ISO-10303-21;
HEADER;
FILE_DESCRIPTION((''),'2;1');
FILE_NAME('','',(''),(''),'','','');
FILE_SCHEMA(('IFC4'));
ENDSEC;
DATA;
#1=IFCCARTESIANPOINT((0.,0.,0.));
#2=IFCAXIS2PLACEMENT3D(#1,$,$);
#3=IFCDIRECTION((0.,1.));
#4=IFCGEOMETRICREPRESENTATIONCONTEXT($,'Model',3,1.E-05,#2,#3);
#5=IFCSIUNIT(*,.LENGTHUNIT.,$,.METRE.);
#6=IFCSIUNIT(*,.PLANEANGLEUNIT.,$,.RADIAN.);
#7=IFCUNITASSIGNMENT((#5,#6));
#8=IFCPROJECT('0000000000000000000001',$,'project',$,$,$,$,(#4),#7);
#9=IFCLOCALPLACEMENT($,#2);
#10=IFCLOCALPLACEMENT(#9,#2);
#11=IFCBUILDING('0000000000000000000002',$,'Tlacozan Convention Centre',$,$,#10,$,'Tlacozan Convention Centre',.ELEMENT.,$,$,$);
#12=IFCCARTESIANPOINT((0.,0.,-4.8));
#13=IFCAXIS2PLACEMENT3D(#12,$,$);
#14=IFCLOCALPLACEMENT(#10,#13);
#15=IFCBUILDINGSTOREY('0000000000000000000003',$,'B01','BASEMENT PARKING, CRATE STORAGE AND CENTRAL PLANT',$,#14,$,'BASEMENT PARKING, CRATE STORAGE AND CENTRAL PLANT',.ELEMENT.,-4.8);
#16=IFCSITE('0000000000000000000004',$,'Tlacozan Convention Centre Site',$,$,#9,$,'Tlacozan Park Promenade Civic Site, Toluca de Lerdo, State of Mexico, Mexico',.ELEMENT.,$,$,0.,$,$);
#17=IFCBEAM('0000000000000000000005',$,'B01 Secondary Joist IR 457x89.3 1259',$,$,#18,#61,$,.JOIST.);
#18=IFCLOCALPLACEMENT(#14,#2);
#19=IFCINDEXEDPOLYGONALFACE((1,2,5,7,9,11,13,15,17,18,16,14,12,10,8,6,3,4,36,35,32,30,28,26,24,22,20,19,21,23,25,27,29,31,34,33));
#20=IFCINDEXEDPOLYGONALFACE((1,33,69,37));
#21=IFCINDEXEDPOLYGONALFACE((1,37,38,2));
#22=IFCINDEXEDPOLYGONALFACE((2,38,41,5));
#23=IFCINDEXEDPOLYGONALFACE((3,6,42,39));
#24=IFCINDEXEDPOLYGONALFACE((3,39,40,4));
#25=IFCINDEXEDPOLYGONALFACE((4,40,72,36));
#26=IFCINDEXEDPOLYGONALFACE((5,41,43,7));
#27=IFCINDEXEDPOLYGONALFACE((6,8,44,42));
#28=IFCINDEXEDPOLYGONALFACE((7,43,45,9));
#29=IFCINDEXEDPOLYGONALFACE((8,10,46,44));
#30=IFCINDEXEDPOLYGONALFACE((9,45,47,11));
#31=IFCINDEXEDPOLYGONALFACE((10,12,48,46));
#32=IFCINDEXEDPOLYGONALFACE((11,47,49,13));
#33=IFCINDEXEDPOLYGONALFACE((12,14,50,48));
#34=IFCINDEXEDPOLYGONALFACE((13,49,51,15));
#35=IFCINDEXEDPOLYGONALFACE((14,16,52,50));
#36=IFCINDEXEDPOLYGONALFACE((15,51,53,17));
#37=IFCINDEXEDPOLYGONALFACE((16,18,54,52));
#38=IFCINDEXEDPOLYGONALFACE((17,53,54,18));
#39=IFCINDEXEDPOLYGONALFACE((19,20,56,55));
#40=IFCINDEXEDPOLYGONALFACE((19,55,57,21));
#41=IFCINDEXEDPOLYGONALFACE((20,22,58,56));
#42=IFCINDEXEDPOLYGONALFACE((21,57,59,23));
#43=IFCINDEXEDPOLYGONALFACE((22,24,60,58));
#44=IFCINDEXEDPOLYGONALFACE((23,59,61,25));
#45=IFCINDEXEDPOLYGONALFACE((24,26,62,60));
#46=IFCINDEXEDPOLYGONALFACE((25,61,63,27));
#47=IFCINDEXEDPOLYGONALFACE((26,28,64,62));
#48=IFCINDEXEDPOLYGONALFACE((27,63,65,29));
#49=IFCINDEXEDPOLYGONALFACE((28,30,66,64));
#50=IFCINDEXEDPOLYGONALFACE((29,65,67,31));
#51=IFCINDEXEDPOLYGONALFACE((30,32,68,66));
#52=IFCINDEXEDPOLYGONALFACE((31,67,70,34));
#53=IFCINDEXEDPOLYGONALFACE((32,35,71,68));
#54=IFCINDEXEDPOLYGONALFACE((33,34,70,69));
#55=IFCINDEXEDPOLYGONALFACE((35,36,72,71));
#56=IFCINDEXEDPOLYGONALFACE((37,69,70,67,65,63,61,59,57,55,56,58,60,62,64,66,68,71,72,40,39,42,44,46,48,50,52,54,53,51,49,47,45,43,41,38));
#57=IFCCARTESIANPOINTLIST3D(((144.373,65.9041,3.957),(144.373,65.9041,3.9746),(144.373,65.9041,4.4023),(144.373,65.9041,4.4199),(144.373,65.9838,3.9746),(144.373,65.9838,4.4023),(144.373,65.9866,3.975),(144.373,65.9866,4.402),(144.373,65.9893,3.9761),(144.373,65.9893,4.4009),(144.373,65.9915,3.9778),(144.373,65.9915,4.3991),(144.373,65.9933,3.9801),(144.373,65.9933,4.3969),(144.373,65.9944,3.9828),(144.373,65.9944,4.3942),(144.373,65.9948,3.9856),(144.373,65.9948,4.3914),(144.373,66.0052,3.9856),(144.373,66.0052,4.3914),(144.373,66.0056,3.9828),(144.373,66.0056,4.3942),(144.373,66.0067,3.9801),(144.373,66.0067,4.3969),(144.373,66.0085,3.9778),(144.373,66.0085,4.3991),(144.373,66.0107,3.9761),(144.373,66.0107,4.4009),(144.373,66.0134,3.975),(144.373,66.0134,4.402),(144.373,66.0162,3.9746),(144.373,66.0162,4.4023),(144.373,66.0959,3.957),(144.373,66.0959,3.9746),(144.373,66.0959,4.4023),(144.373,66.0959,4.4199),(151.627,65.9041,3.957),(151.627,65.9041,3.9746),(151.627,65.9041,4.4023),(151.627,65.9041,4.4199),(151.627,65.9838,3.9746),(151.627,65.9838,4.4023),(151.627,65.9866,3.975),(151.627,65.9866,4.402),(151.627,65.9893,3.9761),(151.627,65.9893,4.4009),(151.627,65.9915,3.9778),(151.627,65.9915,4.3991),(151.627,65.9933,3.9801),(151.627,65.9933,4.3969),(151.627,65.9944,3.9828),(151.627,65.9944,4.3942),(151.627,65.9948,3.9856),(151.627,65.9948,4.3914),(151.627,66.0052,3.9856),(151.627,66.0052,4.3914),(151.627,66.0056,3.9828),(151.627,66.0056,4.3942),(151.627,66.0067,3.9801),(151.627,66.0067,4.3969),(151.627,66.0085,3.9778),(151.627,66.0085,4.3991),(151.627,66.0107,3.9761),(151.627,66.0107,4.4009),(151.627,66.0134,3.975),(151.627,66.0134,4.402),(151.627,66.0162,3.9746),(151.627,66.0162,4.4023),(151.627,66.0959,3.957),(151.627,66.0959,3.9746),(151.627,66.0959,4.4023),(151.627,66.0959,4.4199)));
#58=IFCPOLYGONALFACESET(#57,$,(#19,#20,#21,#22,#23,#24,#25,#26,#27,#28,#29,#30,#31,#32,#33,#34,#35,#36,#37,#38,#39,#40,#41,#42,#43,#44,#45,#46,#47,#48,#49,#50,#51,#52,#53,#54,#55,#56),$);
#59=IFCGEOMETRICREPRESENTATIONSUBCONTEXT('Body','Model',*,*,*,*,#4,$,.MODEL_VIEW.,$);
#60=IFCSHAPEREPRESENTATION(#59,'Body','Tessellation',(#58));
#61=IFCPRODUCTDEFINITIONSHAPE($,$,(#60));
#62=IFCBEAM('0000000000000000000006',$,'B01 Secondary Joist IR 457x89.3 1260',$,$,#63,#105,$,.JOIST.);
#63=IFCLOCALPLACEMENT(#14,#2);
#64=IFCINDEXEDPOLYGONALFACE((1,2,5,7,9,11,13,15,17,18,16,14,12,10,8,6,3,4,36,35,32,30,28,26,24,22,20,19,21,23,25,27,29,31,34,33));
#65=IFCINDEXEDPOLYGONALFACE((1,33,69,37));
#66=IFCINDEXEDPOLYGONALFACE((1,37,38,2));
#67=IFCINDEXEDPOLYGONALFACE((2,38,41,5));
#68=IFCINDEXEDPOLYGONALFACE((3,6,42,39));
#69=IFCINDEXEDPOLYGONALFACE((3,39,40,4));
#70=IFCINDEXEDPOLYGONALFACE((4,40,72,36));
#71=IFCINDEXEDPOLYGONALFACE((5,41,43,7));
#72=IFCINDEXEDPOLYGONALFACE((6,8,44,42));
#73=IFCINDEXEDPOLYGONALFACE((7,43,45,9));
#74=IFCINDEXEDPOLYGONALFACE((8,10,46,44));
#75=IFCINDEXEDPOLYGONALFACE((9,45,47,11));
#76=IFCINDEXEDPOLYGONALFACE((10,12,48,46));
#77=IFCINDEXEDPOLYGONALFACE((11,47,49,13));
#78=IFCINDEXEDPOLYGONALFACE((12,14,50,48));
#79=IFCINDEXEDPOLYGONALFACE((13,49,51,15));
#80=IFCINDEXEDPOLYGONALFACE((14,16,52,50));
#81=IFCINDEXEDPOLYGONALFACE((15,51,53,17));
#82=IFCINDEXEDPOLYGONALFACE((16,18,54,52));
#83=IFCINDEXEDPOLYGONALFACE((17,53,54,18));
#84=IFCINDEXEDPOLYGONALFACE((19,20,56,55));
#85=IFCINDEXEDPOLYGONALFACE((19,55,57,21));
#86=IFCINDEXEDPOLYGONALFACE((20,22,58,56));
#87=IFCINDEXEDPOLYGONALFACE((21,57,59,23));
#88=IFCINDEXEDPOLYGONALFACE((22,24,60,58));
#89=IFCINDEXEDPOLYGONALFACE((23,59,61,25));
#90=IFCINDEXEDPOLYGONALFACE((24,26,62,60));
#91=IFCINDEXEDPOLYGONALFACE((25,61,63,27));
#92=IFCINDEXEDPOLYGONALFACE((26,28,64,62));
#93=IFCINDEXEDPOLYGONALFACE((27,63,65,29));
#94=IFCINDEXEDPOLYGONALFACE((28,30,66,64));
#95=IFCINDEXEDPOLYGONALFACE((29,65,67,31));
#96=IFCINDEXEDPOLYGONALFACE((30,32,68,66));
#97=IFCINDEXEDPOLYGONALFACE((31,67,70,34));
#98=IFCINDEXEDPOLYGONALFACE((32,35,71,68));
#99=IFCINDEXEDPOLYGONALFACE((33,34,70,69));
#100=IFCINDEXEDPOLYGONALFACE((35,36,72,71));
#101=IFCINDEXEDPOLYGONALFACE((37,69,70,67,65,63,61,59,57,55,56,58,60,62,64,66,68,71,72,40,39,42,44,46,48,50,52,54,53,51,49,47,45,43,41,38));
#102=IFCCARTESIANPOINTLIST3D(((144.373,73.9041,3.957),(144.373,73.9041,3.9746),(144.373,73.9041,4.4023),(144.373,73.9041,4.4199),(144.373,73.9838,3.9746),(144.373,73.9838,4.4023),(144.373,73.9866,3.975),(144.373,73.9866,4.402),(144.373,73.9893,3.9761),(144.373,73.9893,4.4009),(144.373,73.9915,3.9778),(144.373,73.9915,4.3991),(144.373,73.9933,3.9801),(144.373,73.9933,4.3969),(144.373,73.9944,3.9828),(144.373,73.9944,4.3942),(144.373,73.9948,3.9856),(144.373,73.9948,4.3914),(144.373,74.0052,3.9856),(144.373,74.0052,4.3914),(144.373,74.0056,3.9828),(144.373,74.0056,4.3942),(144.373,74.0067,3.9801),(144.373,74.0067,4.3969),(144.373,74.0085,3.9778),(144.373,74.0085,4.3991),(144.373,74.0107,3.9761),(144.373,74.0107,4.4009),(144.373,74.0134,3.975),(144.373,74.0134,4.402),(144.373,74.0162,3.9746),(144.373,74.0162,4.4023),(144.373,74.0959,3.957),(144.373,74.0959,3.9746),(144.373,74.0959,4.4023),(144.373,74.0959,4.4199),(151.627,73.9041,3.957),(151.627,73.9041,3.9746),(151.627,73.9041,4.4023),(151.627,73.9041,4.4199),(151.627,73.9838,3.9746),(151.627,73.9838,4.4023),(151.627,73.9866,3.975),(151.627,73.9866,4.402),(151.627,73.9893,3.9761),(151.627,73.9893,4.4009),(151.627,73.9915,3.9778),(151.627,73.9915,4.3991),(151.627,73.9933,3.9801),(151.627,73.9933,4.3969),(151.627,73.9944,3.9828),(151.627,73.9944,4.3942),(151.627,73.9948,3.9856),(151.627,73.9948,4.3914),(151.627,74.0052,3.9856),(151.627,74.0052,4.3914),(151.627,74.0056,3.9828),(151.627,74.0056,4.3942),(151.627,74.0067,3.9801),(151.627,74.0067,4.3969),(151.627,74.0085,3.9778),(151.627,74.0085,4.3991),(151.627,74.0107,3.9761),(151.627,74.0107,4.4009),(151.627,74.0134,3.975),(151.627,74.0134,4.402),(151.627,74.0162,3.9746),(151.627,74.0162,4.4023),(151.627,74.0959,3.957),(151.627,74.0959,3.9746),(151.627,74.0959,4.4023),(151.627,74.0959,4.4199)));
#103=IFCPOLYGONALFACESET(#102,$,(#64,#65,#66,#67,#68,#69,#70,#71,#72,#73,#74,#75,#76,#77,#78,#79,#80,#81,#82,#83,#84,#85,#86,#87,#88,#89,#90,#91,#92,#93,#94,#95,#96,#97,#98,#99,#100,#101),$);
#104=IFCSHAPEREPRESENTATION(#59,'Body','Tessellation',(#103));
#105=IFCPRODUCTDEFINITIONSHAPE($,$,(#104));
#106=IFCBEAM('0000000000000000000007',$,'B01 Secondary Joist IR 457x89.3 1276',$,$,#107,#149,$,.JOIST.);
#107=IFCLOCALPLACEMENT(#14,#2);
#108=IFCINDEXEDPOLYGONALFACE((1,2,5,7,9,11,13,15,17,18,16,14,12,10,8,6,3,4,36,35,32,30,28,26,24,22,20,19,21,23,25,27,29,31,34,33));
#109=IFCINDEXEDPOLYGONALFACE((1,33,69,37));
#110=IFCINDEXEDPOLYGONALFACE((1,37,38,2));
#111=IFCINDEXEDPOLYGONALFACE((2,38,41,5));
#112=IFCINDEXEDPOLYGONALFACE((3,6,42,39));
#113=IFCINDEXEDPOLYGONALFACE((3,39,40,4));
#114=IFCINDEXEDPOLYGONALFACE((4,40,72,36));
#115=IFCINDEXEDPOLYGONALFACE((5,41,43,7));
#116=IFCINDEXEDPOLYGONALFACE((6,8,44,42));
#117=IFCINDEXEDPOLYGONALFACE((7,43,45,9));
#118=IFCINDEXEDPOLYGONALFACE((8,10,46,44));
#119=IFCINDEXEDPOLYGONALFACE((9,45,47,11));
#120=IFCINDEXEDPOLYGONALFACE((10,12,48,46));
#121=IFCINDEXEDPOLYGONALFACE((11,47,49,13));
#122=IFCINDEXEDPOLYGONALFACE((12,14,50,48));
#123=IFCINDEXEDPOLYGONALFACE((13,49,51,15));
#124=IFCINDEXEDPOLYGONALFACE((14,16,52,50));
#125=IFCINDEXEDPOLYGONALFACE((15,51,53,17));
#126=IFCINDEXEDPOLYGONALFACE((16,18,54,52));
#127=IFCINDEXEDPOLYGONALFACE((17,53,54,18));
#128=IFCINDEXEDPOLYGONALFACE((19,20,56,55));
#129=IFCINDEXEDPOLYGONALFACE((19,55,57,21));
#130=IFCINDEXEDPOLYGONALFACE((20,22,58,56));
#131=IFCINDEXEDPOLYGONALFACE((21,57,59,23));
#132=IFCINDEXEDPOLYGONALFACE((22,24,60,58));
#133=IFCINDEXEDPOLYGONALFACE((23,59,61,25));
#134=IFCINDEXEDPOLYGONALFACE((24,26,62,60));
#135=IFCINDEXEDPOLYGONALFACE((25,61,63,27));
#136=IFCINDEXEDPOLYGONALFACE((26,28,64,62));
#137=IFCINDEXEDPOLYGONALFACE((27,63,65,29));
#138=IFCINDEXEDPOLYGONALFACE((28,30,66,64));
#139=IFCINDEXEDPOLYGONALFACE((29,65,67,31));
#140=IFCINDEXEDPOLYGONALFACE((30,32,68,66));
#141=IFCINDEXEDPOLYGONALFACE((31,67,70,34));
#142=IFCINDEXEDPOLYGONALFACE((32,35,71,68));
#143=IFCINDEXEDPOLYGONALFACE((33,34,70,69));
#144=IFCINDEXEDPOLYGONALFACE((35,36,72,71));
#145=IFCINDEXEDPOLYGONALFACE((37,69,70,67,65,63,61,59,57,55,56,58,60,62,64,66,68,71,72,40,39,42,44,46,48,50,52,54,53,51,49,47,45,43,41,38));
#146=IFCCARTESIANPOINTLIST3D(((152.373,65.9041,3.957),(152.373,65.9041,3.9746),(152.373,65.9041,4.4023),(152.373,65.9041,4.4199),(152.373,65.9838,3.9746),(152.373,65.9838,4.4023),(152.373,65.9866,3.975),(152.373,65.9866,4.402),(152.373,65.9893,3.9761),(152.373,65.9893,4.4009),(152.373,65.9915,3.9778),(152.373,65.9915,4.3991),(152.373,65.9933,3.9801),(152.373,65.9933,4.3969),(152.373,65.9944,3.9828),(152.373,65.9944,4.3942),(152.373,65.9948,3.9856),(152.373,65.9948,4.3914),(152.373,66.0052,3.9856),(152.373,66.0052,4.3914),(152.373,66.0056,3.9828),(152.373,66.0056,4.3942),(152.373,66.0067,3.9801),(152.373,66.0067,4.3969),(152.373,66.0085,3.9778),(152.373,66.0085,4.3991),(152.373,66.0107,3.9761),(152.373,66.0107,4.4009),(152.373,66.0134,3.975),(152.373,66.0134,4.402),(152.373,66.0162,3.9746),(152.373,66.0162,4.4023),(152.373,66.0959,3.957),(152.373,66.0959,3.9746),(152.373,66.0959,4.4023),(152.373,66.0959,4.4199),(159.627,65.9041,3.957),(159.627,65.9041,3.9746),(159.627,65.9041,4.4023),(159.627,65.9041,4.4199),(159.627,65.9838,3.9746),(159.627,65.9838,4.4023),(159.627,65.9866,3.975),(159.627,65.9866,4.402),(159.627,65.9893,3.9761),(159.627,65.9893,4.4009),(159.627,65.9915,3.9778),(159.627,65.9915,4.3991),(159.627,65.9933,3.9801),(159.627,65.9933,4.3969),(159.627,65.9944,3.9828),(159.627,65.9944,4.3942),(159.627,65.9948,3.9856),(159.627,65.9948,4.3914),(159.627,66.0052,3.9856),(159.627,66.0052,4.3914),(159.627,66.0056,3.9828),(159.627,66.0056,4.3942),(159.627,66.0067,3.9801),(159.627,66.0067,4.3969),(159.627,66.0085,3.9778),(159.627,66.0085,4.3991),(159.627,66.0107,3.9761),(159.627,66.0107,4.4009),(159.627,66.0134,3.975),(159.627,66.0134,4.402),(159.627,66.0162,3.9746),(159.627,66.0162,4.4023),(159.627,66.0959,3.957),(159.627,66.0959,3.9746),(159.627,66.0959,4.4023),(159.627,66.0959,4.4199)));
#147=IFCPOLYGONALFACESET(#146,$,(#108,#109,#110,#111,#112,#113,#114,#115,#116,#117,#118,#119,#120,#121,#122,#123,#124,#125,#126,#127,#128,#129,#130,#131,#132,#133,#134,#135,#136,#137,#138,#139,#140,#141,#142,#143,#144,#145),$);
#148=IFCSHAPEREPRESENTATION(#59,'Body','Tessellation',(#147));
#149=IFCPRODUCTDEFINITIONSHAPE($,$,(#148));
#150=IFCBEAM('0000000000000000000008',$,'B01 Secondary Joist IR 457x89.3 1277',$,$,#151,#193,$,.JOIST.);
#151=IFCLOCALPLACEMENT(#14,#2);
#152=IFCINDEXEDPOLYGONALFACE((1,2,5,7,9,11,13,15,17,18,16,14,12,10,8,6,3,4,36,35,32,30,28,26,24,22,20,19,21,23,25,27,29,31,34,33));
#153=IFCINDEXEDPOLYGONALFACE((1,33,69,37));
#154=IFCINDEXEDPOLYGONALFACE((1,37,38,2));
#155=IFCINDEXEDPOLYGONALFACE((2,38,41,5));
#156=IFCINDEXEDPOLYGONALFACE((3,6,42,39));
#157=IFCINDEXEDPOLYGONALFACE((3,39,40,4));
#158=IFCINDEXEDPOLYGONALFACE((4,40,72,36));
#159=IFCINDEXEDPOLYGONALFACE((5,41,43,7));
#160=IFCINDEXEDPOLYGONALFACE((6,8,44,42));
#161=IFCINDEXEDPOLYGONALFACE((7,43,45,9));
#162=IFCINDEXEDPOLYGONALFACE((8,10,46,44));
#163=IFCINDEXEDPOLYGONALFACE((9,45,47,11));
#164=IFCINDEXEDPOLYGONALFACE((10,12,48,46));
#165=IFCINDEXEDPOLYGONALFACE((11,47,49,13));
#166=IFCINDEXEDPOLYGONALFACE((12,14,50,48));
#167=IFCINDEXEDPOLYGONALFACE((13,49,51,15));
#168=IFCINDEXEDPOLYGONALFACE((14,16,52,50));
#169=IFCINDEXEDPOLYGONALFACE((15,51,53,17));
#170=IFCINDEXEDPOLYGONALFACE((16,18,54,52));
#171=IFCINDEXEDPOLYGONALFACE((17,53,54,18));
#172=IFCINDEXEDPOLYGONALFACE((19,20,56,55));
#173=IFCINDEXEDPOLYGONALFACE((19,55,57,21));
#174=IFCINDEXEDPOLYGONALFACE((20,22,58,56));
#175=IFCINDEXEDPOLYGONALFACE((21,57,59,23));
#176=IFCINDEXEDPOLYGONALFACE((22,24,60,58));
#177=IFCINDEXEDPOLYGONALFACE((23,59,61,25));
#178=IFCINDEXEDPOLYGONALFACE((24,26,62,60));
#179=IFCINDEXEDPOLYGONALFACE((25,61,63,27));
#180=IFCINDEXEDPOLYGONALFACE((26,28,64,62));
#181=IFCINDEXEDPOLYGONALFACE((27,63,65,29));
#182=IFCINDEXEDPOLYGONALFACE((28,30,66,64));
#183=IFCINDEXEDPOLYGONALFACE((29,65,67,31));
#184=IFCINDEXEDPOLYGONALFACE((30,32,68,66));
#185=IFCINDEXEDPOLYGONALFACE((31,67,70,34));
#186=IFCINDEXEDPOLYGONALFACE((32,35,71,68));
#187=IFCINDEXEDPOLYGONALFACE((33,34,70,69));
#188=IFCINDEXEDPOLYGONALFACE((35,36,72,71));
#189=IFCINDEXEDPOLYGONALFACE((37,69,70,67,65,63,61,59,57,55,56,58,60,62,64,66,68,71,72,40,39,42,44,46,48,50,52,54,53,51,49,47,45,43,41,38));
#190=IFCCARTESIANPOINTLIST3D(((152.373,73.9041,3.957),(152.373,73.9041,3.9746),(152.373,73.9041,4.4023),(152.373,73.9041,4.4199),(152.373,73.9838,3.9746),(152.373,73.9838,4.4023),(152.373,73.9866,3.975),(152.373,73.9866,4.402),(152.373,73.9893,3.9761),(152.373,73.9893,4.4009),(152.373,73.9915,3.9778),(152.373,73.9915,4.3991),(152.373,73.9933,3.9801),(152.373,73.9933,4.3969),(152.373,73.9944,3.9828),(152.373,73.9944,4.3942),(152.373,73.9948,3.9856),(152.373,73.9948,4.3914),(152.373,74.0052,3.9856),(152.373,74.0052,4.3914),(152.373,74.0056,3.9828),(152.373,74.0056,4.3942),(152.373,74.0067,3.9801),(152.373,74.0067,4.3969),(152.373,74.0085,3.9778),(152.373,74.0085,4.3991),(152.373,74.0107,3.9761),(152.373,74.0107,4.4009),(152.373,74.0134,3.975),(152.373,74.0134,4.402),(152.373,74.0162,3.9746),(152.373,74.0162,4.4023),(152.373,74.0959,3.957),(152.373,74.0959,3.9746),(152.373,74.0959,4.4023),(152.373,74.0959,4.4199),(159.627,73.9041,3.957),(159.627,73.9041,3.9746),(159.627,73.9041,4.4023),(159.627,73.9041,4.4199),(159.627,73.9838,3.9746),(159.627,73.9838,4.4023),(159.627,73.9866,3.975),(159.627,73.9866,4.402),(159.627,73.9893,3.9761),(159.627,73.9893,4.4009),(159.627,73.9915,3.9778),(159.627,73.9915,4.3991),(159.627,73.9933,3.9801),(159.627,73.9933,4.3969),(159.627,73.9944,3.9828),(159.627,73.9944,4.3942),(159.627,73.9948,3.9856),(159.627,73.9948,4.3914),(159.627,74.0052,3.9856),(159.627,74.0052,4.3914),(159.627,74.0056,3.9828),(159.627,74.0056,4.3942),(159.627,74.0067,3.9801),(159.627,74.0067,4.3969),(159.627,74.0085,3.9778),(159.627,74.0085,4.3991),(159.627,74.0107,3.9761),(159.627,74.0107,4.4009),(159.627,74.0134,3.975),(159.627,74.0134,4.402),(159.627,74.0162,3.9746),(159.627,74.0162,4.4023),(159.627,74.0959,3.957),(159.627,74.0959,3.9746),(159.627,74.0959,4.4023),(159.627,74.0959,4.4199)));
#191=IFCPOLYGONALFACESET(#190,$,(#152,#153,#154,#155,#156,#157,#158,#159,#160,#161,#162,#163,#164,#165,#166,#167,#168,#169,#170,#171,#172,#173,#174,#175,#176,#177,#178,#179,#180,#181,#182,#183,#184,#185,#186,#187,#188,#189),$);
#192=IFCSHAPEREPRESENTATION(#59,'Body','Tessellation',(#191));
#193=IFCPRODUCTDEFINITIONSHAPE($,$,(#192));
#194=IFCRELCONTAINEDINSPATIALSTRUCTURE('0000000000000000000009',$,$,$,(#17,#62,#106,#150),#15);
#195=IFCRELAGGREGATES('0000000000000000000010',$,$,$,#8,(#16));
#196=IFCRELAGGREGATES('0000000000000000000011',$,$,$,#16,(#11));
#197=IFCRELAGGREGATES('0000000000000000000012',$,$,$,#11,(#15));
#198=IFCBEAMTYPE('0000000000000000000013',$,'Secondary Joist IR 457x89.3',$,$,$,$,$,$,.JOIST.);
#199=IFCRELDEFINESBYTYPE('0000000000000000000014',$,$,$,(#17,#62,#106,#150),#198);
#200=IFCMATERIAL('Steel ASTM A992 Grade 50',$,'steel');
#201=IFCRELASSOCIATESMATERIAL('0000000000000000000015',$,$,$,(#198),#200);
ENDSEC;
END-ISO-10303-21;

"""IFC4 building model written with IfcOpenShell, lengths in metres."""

from ifc_helpers import new_model, si_unit, direction, frame, origin, origin_2d, place, context, subcontext, project, spatial, i_section, extrude, material, material_profile, profile_set, type_object, element, save


model = new_model("IFC4")

# Units and contexts
model_context = context("Model", 3, precision=1e-05, world=origin(), true_north=direction((0.0, 1.0)))
body_context = subcontext(model_context, "Body", "Model", "MODEL_VIEW")
ifc_project = project(units=[si_unit("LENGTHUNIT", "METRE"), si_unit("PLANEANGLEUNIT", "RADIAN")], contexts=[model_context])

# Site, building, storey
site_placement = place(None, origin())
site = spatial("IfcSite", under=ifc_project, at=site_placement, Name="Tlacozan Convention Centre Site", LongName="Tlacozan Park Promenade Civic Site, Toluca de Lerdo, State of Mexico, Mexico", CompositionType="ELEMENT", RefElevation=0.0)
building_placement = place(site_placement, origin())
building = spatial("IfcBuilding", under=site, at=building_placement, Name="Tlacozan Convention Centre", LongName="Tlacozan Convention Centre", CompositionType="ELEMENT")
storey_placement = place(building_placement, frame((0.0, 0.0, -4.8)))
storey = spatial("IfcBuildingStorey", under=building, at=storey_placement, Name="B01", Description="BASEMENT PARKING, CRATE STORAGE AND CENTRAL PLANT", LongName="BASEMENT PARKING, CRATE STORAGE AND CENTRAL PLANT", CompositionType="ELEMENT", Elevation=-4.8)

# Beams
ifc_material_1 = material(Name="Steel ASTM A992 Grade 50", Category="steel")
ifc_material_profile_1 = material_profile(ifc_material_1, i_section(OverallWidth=0.1919, OverallDepth=0.4629, WebThickness=0.0105, FlangeThickness=0.0176, FilletRadius=0.011, at=origin_2d()), Name="IR 457x89.3")
ifc_profile_set_1 = profile_set([ifc_material_profile_1], Name="Steel ASTM A992 Grade 50")
beam_type_1 = type_object("IfcBeamType", Name="Secondary Joist IR 457x89.3", PredefinedType="JOIST", material=ifc_profile_set_1)
for number, where, z_axis, x_axis, name in (
    (1, (144.373, 66.0, 4.1885), (1.0, 0.0, 0.0), (0.0, 1.0, 0.0), "B01 Secondary Joist IR 457x89.3 1259"),
    (2, (144.373, 74.0, 4.1885), (1.0, 0.0, 0.0), (0.0, 1.0, 0.0), "B01 Secondary Joist IR 457x89.3 1260"),
    (3, (152.373, 66.0, 4.1885), (1.0, 0.0, 0.0), (0.0, 1.0, 0.0), "B01 Secondary Joist IR 457x89.3 1276"),
    (4, (152.373, 74.0, 4.1885), (1.0, 0.0, 0.0), (0.0, 1.0, 0.0), "B01 Secondary Joist IR 457x89.3 1277"),
):
    element("IfcBeam", number, at=place(storey_placement, frame(where, z_axis=z_axis, x_axis=x_axis)), inside=storey, type_object=beam_type_1, Name=name, PredefinedType="JOIST", context=body_context, shape_type="SweptSolid", body=[
        extrude(i_section(OverallWidth=0.1919, OverallDepth=0.4629, WebThickness=0.0105, FlangeThickness=0.0176, FilletRadius=0.011, at=origin_2d()), origin(), (0.0, 0.0, 1.0), 7.2539),
    ])

save(model, "model.ifc")
